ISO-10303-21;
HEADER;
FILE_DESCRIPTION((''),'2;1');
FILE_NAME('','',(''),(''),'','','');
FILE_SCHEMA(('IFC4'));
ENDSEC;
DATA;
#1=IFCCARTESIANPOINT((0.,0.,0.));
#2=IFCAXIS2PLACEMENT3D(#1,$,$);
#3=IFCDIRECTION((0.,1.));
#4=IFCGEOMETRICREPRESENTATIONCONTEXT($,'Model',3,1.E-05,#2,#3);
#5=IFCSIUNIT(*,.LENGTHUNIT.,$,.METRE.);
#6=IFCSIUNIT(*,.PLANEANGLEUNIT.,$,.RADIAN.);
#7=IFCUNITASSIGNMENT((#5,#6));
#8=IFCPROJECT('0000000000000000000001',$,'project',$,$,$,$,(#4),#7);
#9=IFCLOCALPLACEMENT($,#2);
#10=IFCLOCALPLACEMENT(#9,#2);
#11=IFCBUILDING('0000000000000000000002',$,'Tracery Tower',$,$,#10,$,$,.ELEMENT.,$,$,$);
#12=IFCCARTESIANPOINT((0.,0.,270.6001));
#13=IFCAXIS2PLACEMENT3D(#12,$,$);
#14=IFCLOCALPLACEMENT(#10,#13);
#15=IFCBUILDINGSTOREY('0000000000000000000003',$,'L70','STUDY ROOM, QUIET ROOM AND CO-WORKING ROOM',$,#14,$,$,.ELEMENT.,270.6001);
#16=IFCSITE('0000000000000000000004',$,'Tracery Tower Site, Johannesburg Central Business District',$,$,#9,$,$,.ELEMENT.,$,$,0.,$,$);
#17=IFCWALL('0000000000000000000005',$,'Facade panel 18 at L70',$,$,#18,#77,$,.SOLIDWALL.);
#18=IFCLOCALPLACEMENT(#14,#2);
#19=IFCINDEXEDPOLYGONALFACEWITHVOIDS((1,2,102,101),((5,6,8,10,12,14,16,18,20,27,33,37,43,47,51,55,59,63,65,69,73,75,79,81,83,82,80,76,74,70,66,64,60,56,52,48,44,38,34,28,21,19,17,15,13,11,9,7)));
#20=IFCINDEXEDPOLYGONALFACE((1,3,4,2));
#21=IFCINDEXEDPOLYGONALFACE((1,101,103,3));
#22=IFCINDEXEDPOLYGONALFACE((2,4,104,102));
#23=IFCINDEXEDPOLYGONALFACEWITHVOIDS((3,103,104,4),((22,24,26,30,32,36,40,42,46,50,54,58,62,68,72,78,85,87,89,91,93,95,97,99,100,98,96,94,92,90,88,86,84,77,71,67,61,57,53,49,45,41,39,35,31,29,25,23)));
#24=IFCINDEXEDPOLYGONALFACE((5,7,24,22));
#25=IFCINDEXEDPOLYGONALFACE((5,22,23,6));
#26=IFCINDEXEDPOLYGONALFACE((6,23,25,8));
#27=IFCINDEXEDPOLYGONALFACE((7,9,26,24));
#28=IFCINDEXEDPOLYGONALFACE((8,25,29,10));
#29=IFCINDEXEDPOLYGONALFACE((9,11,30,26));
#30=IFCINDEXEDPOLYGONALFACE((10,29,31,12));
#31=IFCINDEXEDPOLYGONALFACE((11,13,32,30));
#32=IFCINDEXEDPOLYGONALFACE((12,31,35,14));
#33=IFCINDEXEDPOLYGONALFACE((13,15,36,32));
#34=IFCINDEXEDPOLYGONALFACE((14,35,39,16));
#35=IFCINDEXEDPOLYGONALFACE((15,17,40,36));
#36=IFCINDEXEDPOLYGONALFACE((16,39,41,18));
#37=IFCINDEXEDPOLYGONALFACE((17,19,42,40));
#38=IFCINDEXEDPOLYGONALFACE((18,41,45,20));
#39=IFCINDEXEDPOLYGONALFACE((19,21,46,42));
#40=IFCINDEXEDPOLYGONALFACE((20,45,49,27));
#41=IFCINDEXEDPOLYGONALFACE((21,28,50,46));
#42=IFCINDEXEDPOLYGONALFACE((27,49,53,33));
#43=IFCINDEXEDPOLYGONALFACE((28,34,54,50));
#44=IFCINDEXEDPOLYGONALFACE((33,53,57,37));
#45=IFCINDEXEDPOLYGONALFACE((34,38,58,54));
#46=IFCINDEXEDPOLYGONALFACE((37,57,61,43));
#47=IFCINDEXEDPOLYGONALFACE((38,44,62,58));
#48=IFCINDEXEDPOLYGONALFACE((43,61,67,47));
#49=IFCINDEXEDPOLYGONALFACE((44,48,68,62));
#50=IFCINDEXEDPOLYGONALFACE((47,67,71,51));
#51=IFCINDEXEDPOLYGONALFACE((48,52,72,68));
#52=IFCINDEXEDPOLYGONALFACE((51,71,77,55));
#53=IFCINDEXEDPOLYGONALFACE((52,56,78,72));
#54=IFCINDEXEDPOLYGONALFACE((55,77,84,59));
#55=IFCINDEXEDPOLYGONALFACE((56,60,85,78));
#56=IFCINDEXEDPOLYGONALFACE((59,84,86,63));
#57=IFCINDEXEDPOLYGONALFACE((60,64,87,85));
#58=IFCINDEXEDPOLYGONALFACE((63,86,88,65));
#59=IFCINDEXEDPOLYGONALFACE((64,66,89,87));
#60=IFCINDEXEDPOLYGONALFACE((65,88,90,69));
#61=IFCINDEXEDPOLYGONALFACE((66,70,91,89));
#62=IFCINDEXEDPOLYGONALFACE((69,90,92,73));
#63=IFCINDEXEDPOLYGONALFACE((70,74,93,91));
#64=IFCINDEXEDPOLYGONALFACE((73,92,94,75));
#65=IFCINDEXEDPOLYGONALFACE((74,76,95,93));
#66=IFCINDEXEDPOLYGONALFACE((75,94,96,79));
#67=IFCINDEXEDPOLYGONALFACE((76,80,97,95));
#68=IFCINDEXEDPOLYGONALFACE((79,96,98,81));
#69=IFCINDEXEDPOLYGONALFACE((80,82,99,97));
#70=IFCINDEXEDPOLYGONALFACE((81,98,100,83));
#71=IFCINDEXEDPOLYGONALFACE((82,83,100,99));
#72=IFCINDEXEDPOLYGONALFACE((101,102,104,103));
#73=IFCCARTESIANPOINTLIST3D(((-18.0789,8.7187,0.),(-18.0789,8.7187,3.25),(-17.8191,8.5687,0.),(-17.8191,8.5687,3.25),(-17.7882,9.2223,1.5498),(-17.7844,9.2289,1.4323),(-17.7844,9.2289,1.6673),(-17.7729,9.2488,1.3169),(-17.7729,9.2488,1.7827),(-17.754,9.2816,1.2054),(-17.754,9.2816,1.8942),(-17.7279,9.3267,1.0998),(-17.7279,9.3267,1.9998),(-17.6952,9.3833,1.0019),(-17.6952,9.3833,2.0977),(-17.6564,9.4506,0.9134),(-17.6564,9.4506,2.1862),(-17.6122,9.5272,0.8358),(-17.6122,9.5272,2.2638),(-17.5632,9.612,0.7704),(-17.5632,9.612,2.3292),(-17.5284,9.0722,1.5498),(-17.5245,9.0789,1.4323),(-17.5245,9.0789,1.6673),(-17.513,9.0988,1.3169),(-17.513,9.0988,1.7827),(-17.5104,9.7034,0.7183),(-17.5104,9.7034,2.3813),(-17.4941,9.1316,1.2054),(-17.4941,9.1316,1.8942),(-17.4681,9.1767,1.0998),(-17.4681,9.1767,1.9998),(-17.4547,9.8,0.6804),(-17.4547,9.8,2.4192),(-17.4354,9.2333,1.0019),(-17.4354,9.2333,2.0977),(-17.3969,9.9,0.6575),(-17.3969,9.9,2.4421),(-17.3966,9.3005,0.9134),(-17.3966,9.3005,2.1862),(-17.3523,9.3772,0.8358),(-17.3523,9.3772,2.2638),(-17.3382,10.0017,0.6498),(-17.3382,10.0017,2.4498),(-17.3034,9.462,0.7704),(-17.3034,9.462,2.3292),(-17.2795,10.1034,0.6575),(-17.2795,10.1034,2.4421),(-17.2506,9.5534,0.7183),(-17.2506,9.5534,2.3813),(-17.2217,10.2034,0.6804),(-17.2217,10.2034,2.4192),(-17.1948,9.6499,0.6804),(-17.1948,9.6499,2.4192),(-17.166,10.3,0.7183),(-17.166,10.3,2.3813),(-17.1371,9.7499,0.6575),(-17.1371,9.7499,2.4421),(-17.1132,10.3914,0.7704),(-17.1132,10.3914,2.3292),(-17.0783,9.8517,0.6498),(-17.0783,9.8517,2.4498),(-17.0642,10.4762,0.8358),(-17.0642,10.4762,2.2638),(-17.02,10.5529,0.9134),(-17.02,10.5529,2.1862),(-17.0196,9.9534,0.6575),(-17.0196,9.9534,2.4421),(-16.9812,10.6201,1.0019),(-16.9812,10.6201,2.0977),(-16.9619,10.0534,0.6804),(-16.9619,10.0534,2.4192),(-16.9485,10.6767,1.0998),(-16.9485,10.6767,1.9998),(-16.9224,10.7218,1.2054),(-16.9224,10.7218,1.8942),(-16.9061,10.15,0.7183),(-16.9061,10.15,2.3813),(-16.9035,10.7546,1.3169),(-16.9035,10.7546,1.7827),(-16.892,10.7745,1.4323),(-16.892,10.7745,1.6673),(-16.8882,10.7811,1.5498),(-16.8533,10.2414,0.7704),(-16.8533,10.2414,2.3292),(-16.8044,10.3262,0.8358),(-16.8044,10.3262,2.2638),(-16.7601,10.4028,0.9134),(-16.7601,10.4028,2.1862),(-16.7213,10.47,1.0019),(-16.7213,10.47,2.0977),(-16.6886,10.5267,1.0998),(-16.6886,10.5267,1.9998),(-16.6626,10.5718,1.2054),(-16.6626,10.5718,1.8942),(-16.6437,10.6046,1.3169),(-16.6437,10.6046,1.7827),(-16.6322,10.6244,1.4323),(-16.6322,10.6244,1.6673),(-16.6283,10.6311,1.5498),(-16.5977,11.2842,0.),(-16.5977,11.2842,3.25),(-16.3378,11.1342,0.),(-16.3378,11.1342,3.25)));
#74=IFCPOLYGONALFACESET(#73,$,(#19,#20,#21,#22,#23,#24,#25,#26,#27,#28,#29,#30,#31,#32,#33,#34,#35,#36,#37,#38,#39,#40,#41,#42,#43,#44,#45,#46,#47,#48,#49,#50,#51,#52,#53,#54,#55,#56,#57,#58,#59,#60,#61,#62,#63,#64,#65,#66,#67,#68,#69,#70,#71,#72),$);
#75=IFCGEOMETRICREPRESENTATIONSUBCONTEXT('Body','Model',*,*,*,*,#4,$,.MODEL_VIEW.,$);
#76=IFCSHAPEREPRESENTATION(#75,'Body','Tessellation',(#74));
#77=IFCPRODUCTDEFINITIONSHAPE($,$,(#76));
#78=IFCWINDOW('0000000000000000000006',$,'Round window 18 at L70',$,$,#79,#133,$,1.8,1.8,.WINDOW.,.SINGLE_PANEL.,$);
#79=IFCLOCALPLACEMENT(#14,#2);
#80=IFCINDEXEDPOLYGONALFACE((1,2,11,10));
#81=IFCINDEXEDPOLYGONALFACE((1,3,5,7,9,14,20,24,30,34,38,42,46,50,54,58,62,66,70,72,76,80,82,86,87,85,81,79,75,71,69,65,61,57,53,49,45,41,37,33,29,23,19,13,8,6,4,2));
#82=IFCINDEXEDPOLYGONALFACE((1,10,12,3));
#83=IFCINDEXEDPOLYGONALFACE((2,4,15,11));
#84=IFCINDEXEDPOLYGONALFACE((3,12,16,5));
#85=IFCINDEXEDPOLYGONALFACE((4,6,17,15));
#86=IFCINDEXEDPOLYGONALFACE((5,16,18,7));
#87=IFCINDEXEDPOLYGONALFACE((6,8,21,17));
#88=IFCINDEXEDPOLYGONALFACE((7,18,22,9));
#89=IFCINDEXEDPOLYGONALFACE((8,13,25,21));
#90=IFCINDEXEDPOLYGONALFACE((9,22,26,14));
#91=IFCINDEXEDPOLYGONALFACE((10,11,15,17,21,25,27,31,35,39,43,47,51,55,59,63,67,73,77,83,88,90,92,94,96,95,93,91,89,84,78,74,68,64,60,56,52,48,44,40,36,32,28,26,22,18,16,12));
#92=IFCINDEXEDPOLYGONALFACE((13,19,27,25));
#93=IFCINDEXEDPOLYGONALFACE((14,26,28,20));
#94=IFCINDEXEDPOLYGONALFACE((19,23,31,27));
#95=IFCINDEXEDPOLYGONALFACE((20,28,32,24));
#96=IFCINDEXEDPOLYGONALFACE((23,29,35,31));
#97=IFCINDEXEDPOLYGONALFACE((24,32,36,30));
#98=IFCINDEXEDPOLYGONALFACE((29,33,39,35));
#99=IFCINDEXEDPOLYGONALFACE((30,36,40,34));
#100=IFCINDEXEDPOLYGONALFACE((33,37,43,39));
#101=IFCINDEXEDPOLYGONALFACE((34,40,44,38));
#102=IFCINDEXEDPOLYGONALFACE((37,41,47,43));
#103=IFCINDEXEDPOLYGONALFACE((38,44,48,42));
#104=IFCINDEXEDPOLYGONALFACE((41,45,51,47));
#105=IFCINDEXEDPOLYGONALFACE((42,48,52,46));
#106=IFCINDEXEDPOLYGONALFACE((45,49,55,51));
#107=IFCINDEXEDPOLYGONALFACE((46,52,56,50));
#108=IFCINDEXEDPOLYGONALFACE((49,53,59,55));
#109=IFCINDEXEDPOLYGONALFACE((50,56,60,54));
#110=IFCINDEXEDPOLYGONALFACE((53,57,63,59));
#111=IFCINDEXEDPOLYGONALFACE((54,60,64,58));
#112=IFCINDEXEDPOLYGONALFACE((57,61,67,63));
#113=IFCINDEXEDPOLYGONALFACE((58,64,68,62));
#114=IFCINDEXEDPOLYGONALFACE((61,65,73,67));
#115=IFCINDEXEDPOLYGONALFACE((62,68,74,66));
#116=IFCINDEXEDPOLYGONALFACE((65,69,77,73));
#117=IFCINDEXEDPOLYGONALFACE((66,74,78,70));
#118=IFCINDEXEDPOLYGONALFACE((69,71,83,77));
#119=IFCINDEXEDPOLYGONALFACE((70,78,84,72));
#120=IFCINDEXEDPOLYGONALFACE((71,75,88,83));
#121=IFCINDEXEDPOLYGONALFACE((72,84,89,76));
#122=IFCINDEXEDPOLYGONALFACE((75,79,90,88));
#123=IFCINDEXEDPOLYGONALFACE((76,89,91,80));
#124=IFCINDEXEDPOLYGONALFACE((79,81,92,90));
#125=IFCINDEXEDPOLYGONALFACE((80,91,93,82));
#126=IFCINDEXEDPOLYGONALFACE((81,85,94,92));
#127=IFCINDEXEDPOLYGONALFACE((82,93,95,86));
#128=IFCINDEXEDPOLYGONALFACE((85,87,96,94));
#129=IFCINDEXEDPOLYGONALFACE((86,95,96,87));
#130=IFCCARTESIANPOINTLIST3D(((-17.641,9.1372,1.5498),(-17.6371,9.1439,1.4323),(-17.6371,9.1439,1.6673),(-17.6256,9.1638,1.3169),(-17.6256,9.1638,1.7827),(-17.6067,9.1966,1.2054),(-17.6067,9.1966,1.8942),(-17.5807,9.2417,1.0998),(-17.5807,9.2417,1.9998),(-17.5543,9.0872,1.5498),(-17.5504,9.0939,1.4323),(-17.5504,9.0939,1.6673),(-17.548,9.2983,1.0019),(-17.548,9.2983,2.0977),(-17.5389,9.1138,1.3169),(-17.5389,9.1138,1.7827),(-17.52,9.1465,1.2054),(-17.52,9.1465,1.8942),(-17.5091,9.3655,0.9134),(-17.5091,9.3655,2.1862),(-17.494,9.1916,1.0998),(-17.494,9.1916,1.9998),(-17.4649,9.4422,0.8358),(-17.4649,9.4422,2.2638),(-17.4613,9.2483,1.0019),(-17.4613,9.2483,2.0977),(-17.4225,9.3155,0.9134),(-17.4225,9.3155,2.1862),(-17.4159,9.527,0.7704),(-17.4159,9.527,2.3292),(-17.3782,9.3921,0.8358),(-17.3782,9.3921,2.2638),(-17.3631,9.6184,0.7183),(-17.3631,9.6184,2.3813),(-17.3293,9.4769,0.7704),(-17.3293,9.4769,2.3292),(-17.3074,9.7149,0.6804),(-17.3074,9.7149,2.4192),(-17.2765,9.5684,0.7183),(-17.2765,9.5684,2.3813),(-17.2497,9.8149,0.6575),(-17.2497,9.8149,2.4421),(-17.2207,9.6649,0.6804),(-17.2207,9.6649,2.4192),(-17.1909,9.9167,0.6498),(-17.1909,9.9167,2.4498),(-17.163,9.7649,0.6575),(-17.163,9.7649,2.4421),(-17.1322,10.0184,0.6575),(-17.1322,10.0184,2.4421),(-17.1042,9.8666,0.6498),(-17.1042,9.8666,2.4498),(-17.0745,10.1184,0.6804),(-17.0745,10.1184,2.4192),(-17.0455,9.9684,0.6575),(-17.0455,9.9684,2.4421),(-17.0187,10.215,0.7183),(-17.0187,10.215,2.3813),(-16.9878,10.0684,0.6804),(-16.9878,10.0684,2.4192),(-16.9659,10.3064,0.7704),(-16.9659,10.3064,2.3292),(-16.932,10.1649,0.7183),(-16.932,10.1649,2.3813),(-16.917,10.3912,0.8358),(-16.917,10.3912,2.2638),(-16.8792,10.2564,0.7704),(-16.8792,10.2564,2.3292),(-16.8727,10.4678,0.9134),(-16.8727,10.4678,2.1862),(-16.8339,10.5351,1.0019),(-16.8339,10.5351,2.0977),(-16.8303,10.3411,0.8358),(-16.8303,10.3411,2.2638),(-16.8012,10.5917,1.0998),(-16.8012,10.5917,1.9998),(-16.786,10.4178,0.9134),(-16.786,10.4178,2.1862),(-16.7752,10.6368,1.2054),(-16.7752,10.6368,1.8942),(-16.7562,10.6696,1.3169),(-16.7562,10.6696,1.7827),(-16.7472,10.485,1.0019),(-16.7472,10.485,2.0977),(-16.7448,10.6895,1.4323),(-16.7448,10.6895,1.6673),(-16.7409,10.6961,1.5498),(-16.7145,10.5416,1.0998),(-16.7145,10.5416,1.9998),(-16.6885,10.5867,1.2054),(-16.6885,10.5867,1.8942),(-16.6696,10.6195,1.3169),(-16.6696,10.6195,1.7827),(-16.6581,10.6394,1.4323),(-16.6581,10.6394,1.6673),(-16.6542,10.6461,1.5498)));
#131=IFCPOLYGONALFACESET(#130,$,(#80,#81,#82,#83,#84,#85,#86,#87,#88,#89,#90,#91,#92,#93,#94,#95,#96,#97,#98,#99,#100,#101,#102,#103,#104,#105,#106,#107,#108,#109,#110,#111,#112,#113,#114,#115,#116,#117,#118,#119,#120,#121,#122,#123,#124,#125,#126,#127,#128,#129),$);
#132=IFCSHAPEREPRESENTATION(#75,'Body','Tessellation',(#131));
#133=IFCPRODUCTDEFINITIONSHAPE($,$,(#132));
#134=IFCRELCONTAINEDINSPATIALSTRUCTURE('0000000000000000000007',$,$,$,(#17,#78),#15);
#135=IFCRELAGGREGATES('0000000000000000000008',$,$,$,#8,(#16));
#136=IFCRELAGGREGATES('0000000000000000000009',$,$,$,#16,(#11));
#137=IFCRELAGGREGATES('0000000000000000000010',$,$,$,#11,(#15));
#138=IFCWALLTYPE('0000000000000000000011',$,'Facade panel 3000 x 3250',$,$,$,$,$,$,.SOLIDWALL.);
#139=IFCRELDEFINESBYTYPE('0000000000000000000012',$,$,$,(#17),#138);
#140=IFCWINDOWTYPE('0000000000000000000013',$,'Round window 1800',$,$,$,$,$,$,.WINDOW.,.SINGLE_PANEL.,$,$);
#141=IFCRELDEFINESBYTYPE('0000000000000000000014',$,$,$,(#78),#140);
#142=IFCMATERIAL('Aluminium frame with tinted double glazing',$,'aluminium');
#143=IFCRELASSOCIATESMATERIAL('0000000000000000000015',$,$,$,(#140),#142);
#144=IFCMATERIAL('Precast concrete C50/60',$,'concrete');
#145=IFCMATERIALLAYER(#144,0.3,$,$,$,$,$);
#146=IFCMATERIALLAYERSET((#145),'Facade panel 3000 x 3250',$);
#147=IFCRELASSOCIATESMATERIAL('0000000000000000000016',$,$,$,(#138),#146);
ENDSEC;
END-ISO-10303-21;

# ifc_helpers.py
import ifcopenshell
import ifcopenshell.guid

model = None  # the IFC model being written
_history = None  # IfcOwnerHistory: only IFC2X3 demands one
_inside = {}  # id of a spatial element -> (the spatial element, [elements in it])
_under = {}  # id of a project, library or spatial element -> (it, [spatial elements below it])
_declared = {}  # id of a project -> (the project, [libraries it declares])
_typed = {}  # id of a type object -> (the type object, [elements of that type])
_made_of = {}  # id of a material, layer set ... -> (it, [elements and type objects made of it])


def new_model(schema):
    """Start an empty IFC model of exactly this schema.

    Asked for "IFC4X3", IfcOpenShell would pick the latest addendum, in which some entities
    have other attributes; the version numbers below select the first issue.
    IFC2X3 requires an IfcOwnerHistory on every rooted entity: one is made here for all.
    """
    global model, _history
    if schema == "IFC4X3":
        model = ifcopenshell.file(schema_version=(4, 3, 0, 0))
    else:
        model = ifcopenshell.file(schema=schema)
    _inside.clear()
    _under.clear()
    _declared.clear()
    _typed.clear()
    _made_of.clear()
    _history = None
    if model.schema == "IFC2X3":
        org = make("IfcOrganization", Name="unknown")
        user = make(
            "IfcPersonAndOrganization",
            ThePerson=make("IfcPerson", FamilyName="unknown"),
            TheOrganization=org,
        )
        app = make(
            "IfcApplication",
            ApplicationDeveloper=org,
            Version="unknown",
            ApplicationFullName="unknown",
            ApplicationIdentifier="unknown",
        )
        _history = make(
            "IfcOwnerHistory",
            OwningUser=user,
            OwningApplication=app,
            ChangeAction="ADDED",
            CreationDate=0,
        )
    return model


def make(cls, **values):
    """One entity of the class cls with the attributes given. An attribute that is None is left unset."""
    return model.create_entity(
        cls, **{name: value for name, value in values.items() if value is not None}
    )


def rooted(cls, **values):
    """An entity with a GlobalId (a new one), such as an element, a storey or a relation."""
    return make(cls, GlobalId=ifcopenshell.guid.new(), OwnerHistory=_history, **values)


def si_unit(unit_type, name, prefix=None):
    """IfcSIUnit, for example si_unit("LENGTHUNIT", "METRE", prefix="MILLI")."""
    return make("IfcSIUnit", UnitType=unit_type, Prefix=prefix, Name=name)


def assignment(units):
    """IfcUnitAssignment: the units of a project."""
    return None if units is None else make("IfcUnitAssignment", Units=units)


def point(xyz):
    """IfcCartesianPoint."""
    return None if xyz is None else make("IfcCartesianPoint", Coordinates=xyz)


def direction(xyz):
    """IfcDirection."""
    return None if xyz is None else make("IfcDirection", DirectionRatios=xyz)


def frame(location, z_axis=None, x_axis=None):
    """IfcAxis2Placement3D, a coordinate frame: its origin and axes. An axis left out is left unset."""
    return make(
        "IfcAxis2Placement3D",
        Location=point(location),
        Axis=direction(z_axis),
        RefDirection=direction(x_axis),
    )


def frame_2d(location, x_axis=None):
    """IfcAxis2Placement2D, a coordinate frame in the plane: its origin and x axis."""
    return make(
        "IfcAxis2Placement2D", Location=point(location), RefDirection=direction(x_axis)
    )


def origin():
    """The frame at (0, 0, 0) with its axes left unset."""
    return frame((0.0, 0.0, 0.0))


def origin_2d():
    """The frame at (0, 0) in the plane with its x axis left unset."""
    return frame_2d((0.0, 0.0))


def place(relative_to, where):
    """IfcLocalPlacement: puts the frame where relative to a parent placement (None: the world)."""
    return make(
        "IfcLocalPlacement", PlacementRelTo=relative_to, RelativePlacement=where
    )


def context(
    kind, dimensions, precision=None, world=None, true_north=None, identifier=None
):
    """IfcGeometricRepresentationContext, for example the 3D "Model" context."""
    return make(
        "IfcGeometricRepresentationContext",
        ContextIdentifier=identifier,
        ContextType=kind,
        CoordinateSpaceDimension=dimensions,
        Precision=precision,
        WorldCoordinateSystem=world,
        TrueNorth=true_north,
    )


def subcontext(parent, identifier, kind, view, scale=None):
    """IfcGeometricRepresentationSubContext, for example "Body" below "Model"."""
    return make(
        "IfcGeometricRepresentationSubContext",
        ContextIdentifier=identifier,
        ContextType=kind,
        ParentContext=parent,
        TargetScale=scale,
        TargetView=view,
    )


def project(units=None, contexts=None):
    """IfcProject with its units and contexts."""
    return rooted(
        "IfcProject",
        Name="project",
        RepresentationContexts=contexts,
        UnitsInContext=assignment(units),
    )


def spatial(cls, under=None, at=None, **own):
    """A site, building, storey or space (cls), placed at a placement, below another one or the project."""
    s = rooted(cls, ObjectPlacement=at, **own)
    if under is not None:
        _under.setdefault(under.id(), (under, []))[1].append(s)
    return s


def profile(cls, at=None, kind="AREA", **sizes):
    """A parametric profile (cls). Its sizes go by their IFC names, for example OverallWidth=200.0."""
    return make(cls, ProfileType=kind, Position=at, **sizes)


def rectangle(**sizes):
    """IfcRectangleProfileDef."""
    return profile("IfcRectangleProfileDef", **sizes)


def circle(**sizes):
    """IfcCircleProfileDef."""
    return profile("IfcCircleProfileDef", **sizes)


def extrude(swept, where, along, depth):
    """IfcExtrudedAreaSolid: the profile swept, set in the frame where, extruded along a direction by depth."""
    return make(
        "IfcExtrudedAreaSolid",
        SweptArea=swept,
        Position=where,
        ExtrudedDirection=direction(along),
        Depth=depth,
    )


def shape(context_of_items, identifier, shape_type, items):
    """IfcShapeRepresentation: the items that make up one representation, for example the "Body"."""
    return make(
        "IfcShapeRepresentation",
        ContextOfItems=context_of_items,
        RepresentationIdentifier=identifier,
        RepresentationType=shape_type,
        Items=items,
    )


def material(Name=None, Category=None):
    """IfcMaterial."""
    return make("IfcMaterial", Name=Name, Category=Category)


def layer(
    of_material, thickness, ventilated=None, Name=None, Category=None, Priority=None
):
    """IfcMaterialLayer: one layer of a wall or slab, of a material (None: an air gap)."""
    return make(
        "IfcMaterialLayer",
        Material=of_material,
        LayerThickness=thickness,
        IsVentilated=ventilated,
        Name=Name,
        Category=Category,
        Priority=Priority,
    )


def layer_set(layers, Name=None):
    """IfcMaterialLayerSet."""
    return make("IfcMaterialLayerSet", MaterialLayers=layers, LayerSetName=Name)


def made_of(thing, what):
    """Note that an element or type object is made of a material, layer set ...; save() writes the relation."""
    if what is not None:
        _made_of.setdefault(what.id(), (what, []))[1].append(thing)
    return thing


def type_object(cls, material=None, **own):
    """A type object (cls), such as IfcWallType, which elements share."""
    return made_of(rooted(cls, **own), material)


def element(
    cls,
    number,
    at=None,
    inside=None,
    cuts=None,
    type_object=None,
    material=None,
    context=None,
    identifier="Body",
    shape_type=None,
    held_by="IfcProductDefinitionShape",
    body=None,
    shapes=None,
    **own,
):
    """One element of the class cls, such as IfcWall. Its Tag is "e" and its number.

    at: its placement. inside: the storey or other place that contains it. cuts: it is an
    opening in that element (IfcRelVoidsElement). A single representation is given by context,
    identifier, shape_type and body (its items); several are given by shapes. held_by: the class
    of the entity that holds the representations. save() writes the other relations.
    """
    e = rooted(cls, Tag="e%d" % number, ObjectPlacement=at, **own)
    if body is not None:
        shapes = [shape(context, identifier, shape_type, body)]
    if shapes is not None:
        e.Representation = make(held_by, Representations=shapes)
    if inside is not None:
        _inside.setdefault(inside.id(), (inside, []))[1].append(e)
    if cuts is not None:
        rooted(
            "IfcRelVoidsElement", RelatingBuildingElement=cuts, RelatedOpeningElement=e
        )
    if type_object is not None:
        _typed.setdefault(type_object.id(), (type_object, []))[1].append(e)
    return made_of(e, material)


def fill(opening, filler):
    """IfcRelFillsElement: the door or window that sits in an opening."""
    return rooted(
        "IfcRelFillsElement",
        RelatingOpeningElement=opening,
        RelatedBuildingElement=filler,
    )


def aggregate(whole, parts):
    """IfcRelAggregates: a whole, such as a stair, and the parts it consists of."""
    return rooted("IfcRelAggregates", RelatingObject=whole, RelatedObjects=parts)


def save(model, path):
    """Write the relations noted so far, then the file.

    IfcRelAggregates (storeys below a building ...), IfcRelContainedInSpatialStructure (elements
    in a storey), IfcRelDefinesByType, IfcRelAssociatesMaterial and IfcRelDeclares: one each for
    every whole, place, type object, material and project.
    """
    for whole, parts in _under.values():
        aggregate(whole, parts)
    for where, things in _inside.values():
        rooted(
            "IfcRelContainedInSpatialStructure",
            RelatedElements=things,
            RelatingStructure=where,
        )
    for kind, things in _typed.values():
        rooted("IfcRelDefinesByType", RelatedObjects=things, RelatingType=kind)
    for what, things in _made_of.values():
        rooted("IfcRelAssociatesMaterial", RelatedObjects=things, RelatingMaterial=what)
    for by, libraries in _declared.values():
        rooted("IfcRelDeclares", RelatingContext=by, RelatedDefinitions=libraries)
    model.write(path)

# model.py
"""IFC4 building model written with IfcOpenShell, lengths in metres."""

from ifc_helpers import new_model, si_unit, direction, frame, frame_2d, origin, origin_2d, place, context, subcontext, project, spatial, rectangle, circle, extrude, material, layer, layer_set, type_object, element, fill, save


model = new_model("IFC4")

# Units and contexts
model_context = context("Model", 3, precision=1e-05, world=origin(), true_north=direction((0.0, 1.0)))
body_context = subcontext(model_context, "Body", "Model", "MODEL_VIEW")
ifc_project = project(units=[si_unit("LENGTHUNIT", "METRE"), si_unit("PLANEANGLEUNIT", "RADIAN")], contexts=[model_context])

# Site, building, storey
site_placement = place(None, origin())
site = spatial("IfcSite", under=ifc_project, at=site_placement, Name="Tracery Tower Site, Johannesburg Central Business District", CompositionType="ELEMENT", RefElevation=0.0)
building_placement = place(site_placement, origin())
building = spatial("IfcBuilding", under=site, at=building_placement, Name="Tracery Tower", CompositionType="ELEMENT")
storey_placement = place(building_placement, frame((0.0, 0.0, 270.6001)))
storey = spatial("IfcBuildingStorey", under=building, at=storey_placement, Name="L70", Description="STUDY ROOM, QUIET ROOM AND CO-WORKING ROOM", CompositionType="ELEMENT", Elevation=270.6001)

# Wall, opening, window
ifc_material_1 = material(Name="Aluminium frame with tinted double glazing", Category="aluminium")
window_type = type_object("IfcWindowType", Name="Round window 1800", PartitioningType="SINGLE_PANEL", PredefinedType="WINDOW", material=ifc_material_1)
ifc_material_2 = material(Name="Precast concrete C50/60", Category="concrete")
ifc_layer_1 = layer(ifc_material_2, 0.3)
ifc_layer_set_1 = layer_set([ifc_layer_1], Name="Facade panel 3000 x 3250")
wall_type_1 = type_object("IfcWallType", Name="Facade panel 3000 x 3250", PredefinedType="SOLIDWALL", material=ifc_layer_set_1)
wall_1_placement = place(storey_placement, frame((-16.4678, 11.2092, 0.0), z_axis=(0.0, 0.0, 1.0), x_axis=(-0.500013, -0.866018, 0.0)))
wall_1 = element("IfcWall", 1, at=wall_1_placement, inside=storey, type_object=wall_type_1, Name="Facade panel 18 at L70", PredefinedType="SOLIDWALL", context=body_context, shape_type="SweptSolid", body=[
    extrude(rectangle(XDim=2.9624, YDim=0.3, at=frame_2d((1.4812, 0.0))), origin(), (0.0, 0.0, 1.0), 3.25),
])
opening_1_placement = place(wall_1_placement, frame((1.481, 0.0, 1.5498)))
opening_1 = element("IfcOpeningElement", 2, at=opening_1_placement, cuts=wall_1, PredefinedType="OPENING", context=body_context, shape_type="SweptSolid", body=[
    extrude(circle(Radius=0.9, at=origin_2d()), frame((0.0, 0.1599, 0.0), z_axis=(0.0, -1.0, 0.0), x_axis=(1.0, 0.0, 0.0)), (0.0, 0.0, 1.0), 0.3201),
])
window_1_placement = place(opening_1_placement, origin())
window_1 = element("IfcWindow", 3, at=window_1_placement, inside=storey, type_object=window_type, Name="Round window 18 at L70", OverallHeight=1.8, OverallWidth=1.8, PartitioningType="SINGLE_PANEL", PredefinedType="WINDOW", context=body_context, shape_type="SweptSolid", body=[
    extrude(circle(Radius=0.9, at=origin_2d()), frame((0.0, 0.1201, 0.0), z_axis=(0.0, -1.0, 0.0), x_axis=(1.0, 0.0, 0.0)), (0.0, 0.0, 1.0), 0.1001),
])
fill(opening_1, window_1)

save(model, "model.ifc")
